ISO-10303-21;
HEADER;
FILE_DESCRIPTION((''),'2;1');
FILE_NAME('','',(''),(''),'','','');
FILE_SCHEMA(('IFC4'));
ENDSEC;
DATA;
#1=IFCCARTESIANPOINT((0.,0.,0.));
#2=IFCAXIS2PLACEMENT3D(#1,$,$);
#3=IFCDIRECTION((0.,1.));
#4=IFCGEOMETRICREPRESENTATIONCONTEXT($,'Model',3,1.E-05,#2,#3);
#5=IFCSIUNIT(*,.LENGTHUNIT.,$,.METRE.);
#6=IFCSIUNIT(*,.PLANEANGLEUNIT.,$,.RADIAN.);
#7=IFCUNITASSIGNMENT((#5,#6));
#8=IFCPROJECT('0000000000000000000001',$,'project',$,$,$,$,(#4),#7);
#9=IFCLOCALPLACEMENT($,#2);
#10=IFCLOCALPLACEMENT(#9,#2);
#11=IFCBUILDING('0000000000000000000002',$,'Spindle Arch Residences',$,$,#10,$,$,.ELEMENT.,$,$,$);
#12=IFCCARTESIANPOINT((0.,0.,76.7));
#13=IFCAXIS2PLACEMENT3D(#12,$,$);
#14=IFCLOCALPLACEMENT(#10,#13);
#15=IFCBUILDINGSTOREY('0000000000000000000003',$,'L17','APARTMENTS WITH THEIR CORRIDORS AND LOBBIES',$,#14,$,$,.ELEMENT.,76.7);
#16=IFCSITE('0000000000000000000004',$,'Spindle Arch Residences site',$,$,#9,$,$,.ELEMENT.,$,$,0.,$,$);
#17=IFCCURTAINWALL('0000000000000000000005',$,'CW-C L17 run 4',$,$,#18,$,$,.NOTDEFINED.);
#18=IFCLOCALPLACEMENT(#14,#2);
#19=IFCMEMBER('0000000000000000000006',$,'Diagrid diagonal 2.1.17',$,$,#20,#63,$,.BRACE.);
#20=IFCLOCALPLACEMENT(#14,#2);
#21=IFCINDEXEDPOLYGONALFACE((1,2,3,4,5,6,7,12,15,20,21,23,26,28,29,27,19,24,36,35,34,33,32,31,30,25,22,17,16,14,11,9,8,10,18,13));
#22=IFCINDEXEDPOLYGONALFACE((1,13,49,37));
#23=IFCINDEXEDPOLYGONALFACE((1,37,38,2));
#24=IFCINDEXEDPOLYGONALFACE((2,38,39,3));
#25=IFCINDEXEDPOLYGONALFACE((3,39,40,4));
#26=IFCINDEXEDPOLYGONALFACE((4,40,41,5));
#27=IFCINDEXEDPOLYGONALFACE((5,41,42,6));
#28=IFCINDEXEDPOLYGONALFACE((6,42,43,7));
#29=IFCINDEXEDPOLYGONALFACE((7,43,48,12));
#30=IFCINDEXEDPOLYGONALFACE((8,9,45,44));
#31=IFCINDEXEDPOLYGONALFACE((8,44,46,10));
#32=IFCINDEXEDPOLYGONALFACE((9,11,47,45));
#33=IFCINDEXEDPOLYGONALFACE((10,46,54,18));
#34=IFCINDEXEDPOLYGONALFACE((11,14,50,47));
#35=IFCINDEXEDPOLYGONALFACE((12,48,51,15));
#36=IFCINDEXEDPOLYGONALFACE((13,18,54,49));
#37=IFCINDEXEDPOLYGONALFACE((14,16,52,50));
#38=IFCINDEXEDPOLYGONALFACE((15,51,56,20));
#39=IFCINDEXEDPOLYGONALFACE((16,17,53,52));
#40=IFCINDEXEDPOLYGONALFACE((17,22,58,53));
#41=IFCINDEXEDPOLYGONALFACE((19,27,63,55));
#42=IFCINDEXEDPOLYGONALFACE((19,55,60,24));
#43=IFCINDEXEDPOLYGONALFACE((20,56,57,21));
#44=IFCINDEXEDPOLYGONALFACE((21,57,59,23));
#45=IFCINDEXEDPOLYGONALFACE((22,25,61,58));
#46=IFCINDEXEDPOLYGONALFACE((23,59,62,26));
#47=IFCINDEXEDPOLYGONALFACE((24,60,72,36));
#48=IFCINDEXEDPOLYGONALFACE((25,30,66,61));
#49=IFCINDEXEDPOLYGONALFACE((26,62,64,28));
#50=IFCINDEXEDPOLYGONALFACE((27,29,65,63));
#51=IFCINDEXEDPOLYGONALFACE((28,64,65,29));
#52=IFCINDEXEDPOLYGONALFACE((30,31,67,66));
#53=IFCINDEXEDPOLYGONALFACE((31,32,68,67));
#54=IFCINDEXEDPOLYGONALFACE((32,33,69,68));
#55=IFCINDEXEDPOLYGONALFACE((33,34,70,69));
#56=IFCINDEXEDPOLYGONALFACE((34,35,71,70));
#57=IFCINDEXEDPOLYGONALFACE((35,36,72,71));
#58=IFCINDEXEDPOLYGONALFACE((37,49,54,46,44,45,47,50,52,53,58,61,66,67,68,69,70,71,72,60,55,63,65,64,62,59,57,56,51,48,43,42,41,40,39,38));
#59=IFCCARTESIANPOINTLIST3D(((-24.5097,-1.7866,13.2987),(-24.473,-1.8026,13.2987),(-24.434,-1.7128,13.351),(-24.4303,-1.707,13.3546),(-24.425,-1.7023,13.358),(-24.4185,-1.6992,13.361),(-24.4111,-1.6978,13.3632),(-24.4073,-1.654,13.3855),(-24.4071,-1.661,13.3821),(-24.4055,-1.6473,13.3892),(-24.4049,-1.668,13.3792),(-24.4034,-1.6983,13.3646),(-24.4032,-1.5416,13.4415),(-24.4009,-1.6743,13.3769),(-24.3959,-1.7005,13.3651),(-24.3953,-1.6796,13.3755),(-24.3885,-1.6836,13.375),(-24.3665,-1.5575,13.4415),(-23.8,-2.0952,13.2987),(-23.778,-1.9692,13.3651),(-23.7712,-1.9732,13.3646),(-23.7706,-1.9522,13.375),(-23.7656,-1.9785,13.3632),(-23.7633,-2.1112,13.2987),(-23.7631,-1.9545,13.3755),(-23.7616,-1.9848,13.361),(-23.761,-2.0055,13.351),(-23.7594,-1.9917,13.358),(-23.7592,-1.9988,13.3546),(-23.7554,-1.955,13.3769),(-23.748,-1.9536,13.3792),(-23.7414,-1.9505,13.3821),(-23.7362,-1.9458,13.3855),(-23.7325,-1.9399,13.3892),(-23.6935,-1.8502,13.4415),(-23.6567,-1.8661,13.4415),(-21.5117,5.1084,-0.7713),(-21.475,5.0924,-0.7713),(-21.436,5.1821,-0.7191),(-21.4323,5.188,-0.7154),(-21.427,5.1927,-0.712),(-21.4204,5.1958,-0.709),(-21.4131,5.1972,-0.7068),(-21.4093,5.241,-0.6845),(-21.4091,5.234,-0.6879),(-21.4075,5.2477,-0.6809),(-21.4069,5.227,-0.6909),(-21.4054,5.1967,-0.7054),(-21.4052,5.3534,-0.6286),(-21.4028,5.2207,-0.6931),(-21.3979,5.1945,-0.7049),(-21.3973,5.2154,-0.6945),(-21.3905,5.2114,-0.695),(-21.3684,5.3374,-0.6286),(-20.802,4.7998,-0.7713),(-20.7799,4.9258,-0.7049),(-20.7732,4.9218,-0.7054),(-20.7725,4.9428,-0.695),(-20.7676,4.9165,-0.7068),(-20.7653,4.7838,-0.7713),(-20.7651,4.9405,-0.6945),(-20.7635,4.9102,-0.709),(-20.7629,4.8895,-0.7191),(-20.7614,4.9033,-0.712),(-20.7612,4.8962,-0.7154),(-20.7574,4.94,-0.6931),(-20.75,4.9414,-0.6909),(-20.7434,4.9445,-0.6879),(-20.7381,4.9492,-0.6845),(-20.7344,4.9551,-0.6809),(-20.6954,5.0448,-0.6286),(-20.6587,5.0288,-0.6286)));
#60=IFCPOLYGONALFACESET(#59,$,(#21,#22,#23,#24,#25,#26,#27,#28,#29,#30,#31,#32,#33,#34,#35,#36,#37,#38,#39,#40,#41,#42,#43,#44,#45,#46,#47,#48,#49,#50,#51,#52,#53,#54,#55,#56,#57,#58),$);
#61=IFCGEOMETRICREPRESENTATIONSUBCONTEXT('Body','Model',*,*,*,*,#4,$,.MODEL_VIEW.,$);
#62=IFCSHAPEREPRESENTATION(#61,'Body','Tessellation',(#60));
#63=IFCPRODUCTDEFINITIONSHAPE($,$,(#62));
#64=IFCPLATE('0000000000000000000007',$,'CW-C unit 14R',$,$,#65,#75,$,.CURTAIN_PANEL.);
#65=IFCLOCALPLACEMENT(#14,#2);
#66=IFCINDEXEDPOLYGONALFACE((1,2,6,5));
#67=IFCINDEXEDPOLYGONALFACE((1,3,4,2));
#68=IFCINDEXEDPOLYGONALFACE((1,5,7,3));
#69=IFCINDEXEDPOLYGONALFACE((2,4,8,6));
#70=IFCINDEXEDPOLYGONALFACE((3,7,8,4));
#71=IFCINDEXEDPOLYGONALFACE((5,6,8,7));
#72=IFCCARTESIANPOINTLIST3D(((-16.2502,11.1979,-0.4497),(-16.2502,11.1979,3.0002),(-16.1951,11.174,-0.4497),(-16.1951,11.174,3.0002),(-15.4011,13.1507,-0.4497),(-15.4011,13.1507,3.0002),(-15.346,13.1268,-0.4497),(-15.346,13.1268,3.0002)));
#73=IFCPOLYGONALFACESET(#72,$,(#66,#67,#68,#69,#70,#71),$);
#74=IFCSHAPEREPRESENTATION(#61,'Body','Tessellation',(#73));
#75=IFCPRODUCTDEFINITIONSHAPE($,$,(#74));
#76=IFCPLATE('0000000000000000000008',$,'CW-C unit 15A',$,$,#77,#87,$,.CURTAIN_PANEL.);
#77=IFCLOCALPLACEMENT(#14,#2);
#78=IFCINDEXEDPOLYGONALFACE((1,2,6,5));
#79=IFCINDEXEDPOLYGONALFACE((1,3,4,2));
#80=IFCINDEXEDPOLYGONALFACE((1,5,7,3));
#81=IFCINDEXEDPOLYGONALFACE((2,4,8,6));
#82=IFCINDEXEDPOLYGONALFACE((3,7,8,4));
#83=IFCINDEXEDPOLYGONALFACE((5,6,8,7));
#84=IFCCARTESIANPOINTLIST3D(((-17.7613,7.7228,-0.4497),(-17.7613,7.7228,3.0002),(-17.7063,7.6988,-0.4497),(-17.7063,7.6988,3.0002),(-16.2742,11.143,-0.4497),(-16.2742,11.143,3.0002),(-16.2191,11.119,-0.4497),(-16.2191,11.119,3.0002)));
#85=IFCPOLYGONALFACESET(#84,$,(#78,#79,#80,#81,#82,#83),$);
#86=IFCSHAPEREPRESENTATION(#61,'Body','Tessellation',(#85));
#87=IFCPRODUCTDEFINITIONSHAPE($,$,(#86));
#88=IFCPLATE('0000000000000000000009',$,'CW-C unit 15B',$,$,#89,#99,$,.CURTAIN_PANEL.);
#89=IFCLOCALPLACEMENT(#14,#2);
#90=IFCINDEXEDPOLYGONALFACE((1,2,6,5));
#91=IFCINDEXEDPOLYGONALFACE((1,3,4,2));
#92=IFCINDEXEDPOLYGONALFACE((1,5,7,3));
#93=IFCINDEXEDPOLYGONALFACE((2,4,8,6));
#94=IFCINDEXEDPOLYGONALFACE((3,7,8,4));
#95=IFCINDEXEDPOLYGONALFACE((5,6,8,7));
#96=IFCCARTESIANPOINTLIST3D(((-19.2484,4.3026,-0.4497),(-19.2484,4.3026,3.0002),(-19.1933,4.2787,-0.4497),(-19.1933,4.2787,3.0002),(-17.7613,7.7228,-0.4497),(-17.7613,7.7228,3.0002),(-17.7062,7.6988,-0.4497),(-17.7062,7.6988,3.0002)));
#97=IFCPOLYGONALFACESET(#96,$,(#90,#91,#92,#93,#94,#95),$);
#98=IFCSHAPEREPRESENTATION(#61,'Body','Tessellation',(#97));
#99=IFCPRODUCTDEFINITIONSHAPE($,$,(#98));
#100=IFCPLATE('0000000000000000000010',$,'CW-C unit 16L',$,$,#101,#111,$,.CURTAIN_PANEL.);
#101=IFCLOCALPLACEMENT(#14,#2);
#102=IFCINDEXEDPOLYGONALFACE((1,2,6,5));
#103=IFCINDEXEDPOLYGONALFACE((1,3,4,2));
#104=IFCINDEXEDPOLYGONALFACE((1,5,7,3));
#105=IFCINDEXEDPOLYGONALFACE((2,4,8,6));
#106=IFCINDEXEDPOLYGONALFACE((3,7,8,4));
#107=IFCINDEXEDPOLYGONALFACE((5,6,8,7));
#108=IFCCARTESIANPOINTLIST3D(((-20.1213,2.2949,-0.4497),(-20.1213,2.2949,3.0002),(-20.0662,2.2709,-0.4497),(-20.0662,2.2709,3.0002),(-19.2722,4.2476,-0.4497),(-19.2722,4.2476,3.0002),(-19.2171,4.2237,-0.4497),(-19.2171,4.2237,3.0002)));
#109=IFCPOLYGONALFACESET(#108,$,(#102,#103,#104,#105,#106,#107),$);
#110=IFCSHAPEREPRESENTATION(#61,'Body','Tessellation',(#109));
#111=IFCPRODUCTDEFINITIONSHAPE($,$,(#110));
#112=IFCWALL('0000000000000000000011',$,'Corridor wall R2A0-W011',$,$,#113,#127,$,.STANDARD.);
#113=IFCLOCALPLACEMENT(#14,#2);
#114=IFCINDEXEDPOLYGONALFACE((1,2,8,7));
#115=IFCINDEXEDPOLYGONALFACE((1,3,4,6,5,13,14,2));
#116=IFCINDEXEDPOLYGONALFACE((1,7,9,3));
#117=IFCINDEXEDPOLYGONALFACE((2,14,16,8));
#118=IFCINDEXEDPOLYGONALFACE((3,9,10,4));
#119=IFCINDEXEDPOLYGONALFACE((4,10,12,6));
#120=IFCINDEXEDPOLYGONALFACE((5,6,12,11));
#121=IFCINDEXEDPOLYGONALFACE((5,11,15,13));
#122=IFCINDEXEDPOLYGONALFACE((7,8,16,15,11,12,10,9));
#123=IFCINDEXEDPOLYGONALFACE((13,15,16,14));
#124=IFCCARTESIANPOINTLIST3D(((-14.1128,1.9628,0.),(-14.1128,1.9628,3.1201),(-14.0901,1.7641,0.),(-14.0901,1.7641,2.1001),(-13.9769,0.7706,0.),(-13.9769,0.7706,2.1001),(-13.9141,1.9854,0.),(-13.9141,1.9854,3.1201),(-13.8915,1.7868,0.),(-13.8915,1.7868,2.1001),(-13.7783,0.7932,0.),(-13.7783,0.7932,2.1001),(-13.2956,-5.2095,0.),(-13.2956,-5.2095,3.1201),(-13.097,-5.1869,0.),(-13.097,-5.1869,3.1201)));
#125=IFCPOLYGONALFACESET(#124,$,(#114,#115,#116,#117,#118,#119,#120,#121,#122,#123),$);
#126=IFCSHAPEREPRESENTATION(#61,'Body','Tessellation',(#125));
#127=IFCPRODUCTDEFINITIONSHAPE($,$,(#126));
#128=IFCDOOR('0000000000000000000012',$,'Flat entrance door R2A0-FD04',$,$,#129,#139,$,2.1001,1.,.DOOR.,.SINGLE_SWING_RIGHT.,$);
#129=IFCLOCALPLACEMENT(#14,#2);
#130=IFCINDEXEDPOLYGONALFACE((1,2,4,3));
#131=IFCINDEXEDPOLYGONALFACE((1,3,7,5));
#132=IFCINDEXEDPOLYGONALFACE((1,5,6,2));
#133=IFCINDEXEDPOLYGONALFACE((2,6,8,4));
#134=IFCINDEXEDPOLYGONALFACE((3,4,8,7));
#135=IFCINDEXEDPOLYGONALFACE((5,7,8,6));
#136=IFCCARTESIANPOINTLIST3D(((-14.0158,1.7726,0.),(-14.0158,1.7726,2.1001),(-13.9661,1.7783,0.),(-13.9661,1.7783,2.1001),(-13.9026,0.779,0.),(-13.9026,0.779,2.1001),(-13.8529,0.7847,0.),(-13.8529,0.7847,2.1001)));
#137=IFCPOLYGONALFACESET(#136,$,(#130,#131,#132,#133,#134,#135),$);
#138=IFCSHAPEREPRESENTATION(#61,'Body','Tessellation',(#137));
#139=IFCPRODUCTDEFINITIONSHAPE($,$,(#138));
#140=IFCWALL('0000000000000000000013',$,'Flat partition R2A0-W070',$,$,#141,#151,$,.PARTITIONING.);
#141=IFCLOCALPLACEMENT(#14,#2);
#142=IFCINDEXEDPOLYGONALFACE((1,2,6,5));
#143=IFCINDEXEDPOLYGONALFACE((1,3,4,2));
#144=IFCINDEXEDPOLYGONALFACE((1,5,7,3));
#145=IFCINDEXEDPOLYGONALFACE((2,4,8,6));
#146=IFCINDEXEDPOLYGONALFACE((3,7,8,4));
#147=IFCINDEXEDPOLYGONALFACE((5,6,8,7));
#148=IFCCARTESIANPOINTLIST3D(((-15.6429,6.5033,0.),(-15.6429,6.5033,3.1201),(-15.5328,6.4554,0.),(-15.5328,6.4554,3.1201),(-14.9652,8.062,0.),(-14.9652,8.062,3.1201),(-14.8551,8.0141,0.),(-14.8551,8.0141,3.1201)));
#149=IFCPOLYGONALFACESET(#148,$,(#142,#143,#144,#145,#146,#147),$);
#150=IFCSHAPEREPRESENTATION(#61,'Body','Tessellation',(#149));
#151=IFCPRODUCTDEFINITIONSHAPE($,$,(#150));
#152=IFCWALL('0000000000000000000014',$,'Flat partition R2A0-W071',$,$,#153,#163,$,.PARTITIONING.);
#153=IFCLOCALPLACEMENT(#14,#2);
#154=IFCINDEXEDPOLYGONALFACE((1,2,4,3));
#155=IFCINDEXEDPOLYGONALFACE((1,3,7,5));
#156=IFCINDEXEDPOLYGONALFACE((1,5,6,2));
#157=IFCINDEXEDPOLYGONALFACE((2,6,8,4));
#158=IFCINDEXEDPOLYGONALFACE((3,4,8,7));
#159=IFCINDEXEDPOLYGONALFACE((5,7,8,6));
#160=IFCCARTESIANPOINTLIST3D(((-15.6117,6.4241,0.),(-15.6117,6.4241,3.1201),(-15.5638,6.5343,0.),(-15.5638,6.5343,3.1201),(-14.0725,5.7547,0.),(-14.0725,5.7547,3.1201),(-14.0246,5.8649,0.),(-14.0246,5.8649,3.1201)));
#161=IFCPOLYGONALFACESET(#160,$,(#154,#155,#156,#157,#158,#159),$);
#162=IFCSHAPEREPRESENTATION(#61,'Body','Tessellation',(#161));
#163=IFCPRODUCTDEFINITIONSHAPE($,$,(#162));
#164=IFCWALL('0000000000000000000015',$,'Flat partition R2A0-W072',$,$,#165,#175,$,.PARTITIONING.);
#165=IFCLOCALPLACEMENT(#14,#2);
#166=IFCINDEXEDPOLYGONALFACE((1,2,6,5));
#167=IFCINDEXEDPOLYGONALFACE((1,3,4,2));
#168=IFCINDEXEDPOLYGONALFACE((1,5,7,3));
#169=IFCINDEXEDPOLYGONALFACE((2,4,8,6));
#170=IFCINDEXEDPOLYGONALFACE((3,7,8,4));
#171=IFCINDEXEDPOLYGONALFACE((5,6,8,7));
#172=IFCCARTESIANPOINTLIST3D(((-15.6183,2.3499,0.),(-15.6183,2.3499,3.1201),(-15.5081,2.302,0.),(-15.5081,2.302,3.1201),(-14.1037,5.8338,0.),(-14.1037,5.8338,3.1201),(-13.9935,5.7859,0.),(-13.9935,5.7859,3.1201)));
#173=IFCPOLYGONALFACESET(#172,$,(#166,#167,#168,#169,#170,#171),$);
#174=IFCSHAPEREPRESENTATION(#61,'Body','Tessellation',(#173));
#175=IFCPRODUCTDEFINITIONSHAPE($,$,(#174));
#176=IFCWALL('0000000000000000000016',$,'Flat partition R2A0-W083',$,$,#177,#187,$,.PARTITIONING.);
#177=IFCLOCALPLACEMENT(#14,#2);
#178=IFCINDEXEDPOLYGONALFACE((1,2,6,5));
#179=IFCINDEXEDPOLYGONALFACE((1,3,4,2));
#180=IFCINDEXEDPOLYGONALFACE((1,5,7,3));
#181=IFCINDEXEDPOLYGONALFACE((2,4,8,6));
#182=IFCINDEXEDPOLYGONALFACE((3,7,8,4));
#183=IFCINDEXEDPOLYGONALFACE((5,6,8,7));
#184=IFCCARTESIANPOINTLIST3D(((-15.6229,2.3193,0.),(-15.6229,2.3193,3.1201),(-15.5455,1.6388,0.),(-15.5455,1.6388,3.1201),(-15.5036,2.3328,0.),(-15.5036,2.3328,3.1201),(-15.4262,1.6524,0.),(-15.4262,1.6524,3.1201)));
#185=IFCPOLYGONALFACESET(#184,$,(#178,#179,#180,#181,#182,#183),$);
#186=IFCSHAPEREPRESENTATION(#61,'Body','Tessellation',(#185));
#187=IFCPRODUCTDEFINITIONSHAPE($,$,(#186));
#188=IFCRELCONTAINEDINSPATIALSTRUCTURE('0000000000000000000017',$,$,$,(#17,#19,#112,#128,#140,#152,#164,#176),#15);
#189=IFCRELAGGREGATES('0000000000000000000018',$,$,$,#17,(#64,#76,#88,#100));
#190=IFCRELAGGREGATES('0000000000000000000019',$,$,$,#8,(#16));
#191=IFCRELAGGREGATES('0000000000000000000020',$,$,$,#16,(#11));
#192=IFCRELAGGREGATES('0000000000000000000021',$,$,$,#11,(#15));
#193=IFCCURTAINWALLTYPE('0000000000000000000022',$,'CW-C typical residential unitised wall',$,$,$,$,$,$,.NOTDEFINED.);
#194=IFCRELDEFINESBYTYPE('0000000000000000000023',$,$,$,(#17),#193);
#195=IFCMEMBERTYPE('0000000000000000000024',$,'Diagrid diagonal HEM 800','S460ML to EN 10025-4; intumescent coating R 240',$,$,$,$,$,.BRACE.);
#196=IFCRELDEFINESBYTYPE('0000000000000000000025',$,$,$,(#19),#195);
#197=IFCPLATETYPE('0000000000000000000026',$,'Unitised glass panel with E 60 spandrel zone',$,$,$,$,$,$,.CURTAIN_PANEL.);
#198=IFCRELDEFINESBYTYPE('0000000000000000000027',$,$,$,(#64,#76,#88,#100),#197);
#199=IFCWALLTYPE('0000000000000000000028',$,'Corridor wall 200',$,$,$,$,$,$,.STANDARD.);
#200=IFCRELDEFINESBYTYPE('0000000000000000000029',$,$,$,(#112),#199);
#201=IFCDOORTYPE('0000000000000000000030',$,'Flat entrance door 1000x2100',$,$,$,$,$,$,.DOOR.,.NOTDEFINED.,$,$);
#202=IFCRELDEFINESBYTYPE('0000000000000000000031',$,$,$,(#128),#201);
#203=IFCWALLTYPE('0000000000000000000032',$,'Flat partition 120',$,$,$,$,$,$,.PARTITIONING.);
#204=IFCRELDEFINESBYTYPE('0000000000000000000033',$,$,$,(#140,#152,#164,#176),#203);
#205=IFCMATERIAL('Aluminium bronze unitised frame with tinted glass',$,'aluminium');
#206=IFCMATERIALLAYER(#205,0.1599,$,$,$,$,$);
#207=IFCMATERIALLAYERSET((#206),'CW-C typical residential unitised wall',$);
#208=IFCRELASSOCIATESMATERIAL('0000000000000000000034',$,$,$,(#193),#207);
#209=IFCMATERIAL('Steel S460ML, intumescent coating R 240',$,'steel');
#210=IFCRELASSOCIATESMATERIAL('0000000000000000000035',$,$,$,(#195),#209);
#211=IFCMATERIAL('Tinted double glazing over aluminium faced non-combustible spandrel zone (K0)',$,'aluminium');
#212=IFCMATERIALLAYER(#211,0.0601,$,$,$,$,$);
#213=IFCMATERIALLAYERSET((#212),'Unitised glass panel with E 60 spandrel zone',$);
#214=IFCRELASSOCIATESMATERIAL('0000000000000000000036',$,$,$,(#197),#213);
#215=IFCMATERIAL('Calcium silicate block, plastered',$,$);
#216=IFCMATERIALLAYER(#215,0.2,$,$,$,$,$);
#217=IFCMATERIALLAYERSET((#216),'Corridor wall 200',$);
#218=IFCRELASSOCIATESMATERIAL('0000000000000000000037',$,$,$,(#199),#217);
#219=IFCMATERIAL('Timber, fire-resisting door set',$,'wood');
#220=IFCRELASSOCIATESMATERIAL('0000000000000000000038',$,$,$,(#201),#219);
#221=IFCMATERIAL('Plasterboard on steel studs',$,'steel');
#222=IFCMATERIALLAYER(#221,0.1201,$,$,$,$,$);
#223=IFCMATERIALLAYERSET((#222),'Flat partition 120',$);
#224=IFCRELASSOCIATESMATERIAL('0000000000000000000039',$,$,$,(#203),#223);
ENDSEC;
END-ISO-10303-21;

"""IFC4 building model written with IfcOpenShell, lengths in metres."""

from ifc_helpers import new_model, si_unit, direction, frame, frame_2d, origin, origin_2d, place, context, subcontext, project, spatial, rectangle, i_section, extrude, material, layer, layer_set, material_profile, profile_set, type_object, element, fill, aggregate, save


model = new_model("IFC4")

# Units and contexts
model_context = context("Model", 3, precision=1e-05, world=origin(), true_north=direction((0.0, 1.0)))
body_context = subcontext(model_context, "Body", "Model", "MODEL_VIEW")
ifc_project = project(units=[si_unit("LENGTHUNIT", "METRE"), si_unit("PLANEANGLEUNIT", "RADIAN")], contexts=[model_context])

# Site, building, storey
site_placement = place(None, origin())
site = spatial("IfcSite", under=ifc_project, at=site_placement, Name="Spindle Arch Residences site", CompositionType="ELEMENT", RefElevation=0.0)
building_placement = place(site_placement, origin())
building = spatial("IfcBuilding", under=site, at=building_placement, Name="Spindle Arch Residences", CompositionType="ELEMENT")
storey_placement = place(building_placement, frame((0.0, 0.0, 76.7)))
storey = spatial("IfcBuildingStorey", under=building, at=storey_placement, Name="L17", Description="APARTMENTS WITH THEIR CORRIDORS AND LOBBIES", CompositionType="ELEMENT", Elevation=76.7)

# Curtain wall
ifc_material_1 = material(Name="Aluminium bronze unitised frame with tinted glass", Category="aluminium")
ifc_layer_1 = layer(ifc_material_1, 0.1599)
ifc_layer_set_1 = layer_set([ifc_layer_1], Name="CW-C typical residential unitised wall")
curtain_wall_type = type_object("IfcCurtainWallType", Name="CW-C typical residential unitised wall", PredefinedType="NOTDEFINED", material=ifc_layer_set_1)
curtain_wall_placement = place(storey_placement, origin())
curtain_wall = element("IfcCurtainWall", 1, at=curtain_wall_placement, inside=storey, type_object=curtain_wall_type, Name="CW-C L17 run 4", PredefinedType="NOTDEFINED")

# Member
ifc_material_2 = material(Name="Steel S460ML, intumescent coating R 240", Category="steel")
ifc_material_profile_1 = material_profile(ifc_material_2, i_section(OverallWidth=0.303, OverallDepth=0.814, WebThickness=0.021, FlangeThickness=0.04, FilletRadius=0.03, at=origin_2d()), Name="HEM 800")
ifc_profile_set_1 = profile_set([ifc_material_profile_1], Name="Steel S460ML, intumescent coating R 240")
member_type_1 = type_object("IfcMemberType", Name="Diagrid diagonal HEM 800", Description="S460ML to EN 10025-4; intumescent coating R 240", PredefinedType="BRACE", material=ifc_profile_set_1)
member_1_placement = place(storey_placement, frame((-21.0852, 5.0686, -0.7), z_axis=(-0.187931, -0.43221, 0.881973), x_axis=(0.351687, 0.808822, 0.4713)))
element("IfcMember", 2, at=member_1_placement, inside=storey, type_object=member_type_1, Name="Diagrid diagonal 2.1.17", PredefinedType="BRACE", context=body_context, shape_type="SweptSolid", body=[
    extrude(i_section(OverallWidth=0.303, OverallDepth=0.814, WebThickness=0.021, FlangeThickness=0.04, FilletRadius=0.03, at=origin_2d()), origin(), (0.0, 0.0, 1.0), 15.9529),
])

# Plates
ifc_material_3 = material(Name="Tinted double glazing over aluminium faced non-combustible spandrel zone (K0)", Category="aluminium")
ifc_layer_2 = layer(ifc_material_3, 0.0601)
ifc_layer_set_2 = layer_set([ifc_layer_2], Name="Unitised glass panel with E 60 spandrel zone")
plate_type = type_object("IfcPlateType", Name="Unitised glass panel with E 60 spandrel zone", PredefinedType="CURTAIN_PANEL", material=ifc_layer_set_2)
plate_1_placement = place(storey_placement, frame((-15.7981, 12.1624, -0.4497), z_axis=(0.0, 0.0, 1.0), x_axis=(-0.398749, -0.91706, 0.0)))
plate_1 = element("IfcPlate", 3, at=plate_1_placement, type_object=plate_type, Name="CW-C unit 14R", PredefinedType="CURTAIN_PANEL", context=body_context, shape_type="SweptSolid", body=[
    extrude(rectangle(XDim=2.1294, YDim=0.0601, at=origin_2d()), origin(), (0.0, 0.0, 1.0), 3.45),
])
plate_2_placement = place(storey_placement, frame((-16.9902, 9.4209, -0.4497), z_axis=(0.0, 0.0, 1.0), x_axis=(-0.398749, -0.91706, 0.0)))
plate_2 = element("IfcPlate", 4, at=plate_2_placement, type_object=plate_type, Name="CW-C unit 15A", PredefinedType="CURTAIN_PANEL", context=body_context, shape_type="SweptSolid", body=[
    extrude(rectangle(XDim=3.7295, YDim=0.0601, at=origin_2d()), origin(), (0.0, 0.0, 1.0), 3.45),
])
plate_3_placement = place(storey_placement, frame((-18.4773, 6.0007, -0.4497), z_axis=(0.0, 0.0, 1.0), x_axis=(-0.398749, -0.91706, 0.0)))
plate_3 = element("IfcPlate", 5, at=plate_3_placement, type_object=plate_type, Name="CW-C unit 15B", PredefinedType="CURTAIN_PANEL", context=body_context, shape_type="SweptSolid", body=[
    extrude(rectangle(XDim=3.7295, YDim=0.0601, at=origin_2d()), origin(), (0.0, 0.0, 1.0), 3.45),
])
plate_4_placement = place(storey_placement, frame((-19.6692, 3.2593, -0.4497), z_axis=(0.0, 0.0, 1.0), x_axis=(-0.398749, -0.91706, 0.0)))
plate_4 = element("IfcPlate", 6, at=plate_4_placement, type_object=plate_type, Name="CW-C unit 16L", PredefinedType="CURTAIN_PANEL", context=body_context, shape_type="SweptSolid", body=[
    extrude(rectangle(XDim=2.1294, YDim=0.0601, at=origin_2d()), origin(), (0.0, 0.0, 1.0), 3.45),
])
aggregate(curtain_wall, [plate_1, plate_2, plate_3, plate_4])

# Wall, opening, door
ifc_material_4 = material(Name="Calcium silicate block, plastered")
ifc_layer_3 = layer(ifc_material_4, 0.2)
ifc_layer_set_3 = layer_set([ifc_layer_3], Name="Corridor wall 200")
wall_type_1 = type_object("IfcWallType", Name="Corridor wall 200", PredefinedType="STANDARD", material=ifc_layer_set_3)
wall_1_placement = place(storey_placement, frame((-14.0134, 1.9741, 0.0), z_axis=(0.0, 0.0, 1.0), x_axis=(0.113197, -0.993573, 0.0)))
wall_1 = element("IfcWall", 7, at=wall_1_placement, inside=storey, type_object=wall_type_1, Name="Corridor wall R2A0-W011", PredefinedType="STANDARD", context=body_context, shape_type="SweptSolid", body=[
    extrude(rectangle(XDim=7.2188, YDim=0.2, at=frame_2d((3.6094, 0.0))), origin(), (0.0, 0.0, 1.0), 3.1201),
])
opening_1_placement = place(wall_1_placement, frame((0.2, 0.0, 0.0)))
opening_1 = element("IfcOpeningElement", 8, at=opening_1_placement, cuts=wall_1, PredefinedType="OPENING", context=body_context, shape_type="SweptSolid", body=[
    extrude(rectangle(XDim=1.0, YDim=2.1001, at=frame_2d((0.5, 1.05))), frame((0.0, 0.1099, 0.0), z_axis=(0.0, -1.0, 0.0), x_axis=(1.0, 0.0, 0.0)), (0.0, 0.0, 1.0), 0.22),
])
ifc_material_5 = material(Name="Timber, fire-resisting door set", Category="wood")
door_type_1 = type_object("IfcDoorType", Name="Flat entrance door 1000x2100", OperationType="NOTDEFINED", PredefinedType="DOOR", material=ifc_material_5)
door_1_placement = place(opening_1_placement, origin())
door_1 = element("IfcDoor", 9, at=door_1_placement, inside=storey, type_object=door_type_1, Name="Flat entrance door R2A0-FD04", OperationType="SINGLE_SWING_RIGHT", OverallHeight=2.1001, OverallWidth=1.0, PredefinedType="DOOR", context=body_context, shape_type="SweptSolid", body=[
    extrude(rectangle(XDim=1.0, YDim=2.1001, at=frame_2d((0.5, 1.05))), frame((0.0, 0.0249, 0.0), z_axis=(0.0, -1.0, 0.0), x_axis=(1.0, 0.0, 0.0)), (0.0, 0.0, 1.0), 0.05),
])
fill(opening_1, door_1)

# Walls
ifc_material_6 = material(Name="Plasterboard on steel studs", Category="steel")
ifc_layer_4 = layer(ifc_material_6, 0.1201)
ifc_layer_set_4 = layer_set([ifc_layer_4], Name="Flat partition 120")
wall_type_2 = type_object("IfcWallType", Name="Flat partition 120", PredefinedType="PARTITIONING", material=ifc_layer_set_4)
wall_2_placement = place(storey_placement, frame((-14.9102, 8.0381, 0.0), z_axis=(0.0, 0.0, 1.0), x_axis=(-0.398716, -0.917075, 0.0)))
element("IfcWall", 10, at=wall_2_placement, inside=storey, type_object=wall_type_2, Name="Flat partition R2A0-W070", PredefinedType="PARTITIONING", context=body_context, shape_type="SweptSolid", body=[
    extrude(rectangle(XDim=1.6997, YDim=0.1201, at=frame_2d((0.8499, 0.0))), origin(), (0.0, 0.0, 1.0), 3.1201),
])
wall_3_placement = place(storey_placement, frame((-15.5879, 6.4792, 0.0), z_axis=(0.0, 0.0, 1.0), x_axis=(0.917033, -0.398811, 0.0)))
element("IfcWall", 11, at=wall_3_placement, inside=storey, type_object=wall_type_2, Name="Flat partition R2A0-W071", PredefinedType="PARTITIONING", context=body_context, shape_type="SweptSolid", body=[
    extrude(rectangle(XDim=1.6785, YDim=0.1201, at=frame_2d((0.8394, 0.0))), origin(), (0.0, 0.0, 1.0), 3.1201),
])
wall_4_placement = place(storey_placement, frame((-14.0486, 5.8098, 0.0), z_axis=(0.0, 0.0, 1.0), x_axis=(-0.398707, -0.917078, 0.0)))
element("IfcWall", 12, at=wall_4_placement, inside=storey, type_object=wall_type_2, Name="Flat partition R2A0-W072", PredefinedType="PARTITIONING", context=body_context, shape_type="SweptSolid", body=[
    extrude(rectangle(XDim=3.7988, YDim=0.1201, at=frame_2d((1.8994, 0.0))), origin(), (0.0, 0.0, 1.0), 3.1201),
])
wall_5_placement = place(storey_placement, frame((-15.5632, 2.3259, 0.0), z_axis=(0.0, 0.0, 1.0), x_axis=(0.113014, -0.993593, 0.0)))
element("IfcWall", 13, at=wall_5_placement, inside=storey, type_object=wall_type_2, Name="Flat partition R2A0-W083", PredefinedType="PARTITIONING", context=body_context, shape_type="SweptSolid", body=[
    extrude(rectangle(XDim=0.6848, YDim=0.1201, at=frame_2d((0.3423, 0.0))), origin(), (0.0, 0.0, 1.0), 3.1201),
])

save(model, "model.ifc")
